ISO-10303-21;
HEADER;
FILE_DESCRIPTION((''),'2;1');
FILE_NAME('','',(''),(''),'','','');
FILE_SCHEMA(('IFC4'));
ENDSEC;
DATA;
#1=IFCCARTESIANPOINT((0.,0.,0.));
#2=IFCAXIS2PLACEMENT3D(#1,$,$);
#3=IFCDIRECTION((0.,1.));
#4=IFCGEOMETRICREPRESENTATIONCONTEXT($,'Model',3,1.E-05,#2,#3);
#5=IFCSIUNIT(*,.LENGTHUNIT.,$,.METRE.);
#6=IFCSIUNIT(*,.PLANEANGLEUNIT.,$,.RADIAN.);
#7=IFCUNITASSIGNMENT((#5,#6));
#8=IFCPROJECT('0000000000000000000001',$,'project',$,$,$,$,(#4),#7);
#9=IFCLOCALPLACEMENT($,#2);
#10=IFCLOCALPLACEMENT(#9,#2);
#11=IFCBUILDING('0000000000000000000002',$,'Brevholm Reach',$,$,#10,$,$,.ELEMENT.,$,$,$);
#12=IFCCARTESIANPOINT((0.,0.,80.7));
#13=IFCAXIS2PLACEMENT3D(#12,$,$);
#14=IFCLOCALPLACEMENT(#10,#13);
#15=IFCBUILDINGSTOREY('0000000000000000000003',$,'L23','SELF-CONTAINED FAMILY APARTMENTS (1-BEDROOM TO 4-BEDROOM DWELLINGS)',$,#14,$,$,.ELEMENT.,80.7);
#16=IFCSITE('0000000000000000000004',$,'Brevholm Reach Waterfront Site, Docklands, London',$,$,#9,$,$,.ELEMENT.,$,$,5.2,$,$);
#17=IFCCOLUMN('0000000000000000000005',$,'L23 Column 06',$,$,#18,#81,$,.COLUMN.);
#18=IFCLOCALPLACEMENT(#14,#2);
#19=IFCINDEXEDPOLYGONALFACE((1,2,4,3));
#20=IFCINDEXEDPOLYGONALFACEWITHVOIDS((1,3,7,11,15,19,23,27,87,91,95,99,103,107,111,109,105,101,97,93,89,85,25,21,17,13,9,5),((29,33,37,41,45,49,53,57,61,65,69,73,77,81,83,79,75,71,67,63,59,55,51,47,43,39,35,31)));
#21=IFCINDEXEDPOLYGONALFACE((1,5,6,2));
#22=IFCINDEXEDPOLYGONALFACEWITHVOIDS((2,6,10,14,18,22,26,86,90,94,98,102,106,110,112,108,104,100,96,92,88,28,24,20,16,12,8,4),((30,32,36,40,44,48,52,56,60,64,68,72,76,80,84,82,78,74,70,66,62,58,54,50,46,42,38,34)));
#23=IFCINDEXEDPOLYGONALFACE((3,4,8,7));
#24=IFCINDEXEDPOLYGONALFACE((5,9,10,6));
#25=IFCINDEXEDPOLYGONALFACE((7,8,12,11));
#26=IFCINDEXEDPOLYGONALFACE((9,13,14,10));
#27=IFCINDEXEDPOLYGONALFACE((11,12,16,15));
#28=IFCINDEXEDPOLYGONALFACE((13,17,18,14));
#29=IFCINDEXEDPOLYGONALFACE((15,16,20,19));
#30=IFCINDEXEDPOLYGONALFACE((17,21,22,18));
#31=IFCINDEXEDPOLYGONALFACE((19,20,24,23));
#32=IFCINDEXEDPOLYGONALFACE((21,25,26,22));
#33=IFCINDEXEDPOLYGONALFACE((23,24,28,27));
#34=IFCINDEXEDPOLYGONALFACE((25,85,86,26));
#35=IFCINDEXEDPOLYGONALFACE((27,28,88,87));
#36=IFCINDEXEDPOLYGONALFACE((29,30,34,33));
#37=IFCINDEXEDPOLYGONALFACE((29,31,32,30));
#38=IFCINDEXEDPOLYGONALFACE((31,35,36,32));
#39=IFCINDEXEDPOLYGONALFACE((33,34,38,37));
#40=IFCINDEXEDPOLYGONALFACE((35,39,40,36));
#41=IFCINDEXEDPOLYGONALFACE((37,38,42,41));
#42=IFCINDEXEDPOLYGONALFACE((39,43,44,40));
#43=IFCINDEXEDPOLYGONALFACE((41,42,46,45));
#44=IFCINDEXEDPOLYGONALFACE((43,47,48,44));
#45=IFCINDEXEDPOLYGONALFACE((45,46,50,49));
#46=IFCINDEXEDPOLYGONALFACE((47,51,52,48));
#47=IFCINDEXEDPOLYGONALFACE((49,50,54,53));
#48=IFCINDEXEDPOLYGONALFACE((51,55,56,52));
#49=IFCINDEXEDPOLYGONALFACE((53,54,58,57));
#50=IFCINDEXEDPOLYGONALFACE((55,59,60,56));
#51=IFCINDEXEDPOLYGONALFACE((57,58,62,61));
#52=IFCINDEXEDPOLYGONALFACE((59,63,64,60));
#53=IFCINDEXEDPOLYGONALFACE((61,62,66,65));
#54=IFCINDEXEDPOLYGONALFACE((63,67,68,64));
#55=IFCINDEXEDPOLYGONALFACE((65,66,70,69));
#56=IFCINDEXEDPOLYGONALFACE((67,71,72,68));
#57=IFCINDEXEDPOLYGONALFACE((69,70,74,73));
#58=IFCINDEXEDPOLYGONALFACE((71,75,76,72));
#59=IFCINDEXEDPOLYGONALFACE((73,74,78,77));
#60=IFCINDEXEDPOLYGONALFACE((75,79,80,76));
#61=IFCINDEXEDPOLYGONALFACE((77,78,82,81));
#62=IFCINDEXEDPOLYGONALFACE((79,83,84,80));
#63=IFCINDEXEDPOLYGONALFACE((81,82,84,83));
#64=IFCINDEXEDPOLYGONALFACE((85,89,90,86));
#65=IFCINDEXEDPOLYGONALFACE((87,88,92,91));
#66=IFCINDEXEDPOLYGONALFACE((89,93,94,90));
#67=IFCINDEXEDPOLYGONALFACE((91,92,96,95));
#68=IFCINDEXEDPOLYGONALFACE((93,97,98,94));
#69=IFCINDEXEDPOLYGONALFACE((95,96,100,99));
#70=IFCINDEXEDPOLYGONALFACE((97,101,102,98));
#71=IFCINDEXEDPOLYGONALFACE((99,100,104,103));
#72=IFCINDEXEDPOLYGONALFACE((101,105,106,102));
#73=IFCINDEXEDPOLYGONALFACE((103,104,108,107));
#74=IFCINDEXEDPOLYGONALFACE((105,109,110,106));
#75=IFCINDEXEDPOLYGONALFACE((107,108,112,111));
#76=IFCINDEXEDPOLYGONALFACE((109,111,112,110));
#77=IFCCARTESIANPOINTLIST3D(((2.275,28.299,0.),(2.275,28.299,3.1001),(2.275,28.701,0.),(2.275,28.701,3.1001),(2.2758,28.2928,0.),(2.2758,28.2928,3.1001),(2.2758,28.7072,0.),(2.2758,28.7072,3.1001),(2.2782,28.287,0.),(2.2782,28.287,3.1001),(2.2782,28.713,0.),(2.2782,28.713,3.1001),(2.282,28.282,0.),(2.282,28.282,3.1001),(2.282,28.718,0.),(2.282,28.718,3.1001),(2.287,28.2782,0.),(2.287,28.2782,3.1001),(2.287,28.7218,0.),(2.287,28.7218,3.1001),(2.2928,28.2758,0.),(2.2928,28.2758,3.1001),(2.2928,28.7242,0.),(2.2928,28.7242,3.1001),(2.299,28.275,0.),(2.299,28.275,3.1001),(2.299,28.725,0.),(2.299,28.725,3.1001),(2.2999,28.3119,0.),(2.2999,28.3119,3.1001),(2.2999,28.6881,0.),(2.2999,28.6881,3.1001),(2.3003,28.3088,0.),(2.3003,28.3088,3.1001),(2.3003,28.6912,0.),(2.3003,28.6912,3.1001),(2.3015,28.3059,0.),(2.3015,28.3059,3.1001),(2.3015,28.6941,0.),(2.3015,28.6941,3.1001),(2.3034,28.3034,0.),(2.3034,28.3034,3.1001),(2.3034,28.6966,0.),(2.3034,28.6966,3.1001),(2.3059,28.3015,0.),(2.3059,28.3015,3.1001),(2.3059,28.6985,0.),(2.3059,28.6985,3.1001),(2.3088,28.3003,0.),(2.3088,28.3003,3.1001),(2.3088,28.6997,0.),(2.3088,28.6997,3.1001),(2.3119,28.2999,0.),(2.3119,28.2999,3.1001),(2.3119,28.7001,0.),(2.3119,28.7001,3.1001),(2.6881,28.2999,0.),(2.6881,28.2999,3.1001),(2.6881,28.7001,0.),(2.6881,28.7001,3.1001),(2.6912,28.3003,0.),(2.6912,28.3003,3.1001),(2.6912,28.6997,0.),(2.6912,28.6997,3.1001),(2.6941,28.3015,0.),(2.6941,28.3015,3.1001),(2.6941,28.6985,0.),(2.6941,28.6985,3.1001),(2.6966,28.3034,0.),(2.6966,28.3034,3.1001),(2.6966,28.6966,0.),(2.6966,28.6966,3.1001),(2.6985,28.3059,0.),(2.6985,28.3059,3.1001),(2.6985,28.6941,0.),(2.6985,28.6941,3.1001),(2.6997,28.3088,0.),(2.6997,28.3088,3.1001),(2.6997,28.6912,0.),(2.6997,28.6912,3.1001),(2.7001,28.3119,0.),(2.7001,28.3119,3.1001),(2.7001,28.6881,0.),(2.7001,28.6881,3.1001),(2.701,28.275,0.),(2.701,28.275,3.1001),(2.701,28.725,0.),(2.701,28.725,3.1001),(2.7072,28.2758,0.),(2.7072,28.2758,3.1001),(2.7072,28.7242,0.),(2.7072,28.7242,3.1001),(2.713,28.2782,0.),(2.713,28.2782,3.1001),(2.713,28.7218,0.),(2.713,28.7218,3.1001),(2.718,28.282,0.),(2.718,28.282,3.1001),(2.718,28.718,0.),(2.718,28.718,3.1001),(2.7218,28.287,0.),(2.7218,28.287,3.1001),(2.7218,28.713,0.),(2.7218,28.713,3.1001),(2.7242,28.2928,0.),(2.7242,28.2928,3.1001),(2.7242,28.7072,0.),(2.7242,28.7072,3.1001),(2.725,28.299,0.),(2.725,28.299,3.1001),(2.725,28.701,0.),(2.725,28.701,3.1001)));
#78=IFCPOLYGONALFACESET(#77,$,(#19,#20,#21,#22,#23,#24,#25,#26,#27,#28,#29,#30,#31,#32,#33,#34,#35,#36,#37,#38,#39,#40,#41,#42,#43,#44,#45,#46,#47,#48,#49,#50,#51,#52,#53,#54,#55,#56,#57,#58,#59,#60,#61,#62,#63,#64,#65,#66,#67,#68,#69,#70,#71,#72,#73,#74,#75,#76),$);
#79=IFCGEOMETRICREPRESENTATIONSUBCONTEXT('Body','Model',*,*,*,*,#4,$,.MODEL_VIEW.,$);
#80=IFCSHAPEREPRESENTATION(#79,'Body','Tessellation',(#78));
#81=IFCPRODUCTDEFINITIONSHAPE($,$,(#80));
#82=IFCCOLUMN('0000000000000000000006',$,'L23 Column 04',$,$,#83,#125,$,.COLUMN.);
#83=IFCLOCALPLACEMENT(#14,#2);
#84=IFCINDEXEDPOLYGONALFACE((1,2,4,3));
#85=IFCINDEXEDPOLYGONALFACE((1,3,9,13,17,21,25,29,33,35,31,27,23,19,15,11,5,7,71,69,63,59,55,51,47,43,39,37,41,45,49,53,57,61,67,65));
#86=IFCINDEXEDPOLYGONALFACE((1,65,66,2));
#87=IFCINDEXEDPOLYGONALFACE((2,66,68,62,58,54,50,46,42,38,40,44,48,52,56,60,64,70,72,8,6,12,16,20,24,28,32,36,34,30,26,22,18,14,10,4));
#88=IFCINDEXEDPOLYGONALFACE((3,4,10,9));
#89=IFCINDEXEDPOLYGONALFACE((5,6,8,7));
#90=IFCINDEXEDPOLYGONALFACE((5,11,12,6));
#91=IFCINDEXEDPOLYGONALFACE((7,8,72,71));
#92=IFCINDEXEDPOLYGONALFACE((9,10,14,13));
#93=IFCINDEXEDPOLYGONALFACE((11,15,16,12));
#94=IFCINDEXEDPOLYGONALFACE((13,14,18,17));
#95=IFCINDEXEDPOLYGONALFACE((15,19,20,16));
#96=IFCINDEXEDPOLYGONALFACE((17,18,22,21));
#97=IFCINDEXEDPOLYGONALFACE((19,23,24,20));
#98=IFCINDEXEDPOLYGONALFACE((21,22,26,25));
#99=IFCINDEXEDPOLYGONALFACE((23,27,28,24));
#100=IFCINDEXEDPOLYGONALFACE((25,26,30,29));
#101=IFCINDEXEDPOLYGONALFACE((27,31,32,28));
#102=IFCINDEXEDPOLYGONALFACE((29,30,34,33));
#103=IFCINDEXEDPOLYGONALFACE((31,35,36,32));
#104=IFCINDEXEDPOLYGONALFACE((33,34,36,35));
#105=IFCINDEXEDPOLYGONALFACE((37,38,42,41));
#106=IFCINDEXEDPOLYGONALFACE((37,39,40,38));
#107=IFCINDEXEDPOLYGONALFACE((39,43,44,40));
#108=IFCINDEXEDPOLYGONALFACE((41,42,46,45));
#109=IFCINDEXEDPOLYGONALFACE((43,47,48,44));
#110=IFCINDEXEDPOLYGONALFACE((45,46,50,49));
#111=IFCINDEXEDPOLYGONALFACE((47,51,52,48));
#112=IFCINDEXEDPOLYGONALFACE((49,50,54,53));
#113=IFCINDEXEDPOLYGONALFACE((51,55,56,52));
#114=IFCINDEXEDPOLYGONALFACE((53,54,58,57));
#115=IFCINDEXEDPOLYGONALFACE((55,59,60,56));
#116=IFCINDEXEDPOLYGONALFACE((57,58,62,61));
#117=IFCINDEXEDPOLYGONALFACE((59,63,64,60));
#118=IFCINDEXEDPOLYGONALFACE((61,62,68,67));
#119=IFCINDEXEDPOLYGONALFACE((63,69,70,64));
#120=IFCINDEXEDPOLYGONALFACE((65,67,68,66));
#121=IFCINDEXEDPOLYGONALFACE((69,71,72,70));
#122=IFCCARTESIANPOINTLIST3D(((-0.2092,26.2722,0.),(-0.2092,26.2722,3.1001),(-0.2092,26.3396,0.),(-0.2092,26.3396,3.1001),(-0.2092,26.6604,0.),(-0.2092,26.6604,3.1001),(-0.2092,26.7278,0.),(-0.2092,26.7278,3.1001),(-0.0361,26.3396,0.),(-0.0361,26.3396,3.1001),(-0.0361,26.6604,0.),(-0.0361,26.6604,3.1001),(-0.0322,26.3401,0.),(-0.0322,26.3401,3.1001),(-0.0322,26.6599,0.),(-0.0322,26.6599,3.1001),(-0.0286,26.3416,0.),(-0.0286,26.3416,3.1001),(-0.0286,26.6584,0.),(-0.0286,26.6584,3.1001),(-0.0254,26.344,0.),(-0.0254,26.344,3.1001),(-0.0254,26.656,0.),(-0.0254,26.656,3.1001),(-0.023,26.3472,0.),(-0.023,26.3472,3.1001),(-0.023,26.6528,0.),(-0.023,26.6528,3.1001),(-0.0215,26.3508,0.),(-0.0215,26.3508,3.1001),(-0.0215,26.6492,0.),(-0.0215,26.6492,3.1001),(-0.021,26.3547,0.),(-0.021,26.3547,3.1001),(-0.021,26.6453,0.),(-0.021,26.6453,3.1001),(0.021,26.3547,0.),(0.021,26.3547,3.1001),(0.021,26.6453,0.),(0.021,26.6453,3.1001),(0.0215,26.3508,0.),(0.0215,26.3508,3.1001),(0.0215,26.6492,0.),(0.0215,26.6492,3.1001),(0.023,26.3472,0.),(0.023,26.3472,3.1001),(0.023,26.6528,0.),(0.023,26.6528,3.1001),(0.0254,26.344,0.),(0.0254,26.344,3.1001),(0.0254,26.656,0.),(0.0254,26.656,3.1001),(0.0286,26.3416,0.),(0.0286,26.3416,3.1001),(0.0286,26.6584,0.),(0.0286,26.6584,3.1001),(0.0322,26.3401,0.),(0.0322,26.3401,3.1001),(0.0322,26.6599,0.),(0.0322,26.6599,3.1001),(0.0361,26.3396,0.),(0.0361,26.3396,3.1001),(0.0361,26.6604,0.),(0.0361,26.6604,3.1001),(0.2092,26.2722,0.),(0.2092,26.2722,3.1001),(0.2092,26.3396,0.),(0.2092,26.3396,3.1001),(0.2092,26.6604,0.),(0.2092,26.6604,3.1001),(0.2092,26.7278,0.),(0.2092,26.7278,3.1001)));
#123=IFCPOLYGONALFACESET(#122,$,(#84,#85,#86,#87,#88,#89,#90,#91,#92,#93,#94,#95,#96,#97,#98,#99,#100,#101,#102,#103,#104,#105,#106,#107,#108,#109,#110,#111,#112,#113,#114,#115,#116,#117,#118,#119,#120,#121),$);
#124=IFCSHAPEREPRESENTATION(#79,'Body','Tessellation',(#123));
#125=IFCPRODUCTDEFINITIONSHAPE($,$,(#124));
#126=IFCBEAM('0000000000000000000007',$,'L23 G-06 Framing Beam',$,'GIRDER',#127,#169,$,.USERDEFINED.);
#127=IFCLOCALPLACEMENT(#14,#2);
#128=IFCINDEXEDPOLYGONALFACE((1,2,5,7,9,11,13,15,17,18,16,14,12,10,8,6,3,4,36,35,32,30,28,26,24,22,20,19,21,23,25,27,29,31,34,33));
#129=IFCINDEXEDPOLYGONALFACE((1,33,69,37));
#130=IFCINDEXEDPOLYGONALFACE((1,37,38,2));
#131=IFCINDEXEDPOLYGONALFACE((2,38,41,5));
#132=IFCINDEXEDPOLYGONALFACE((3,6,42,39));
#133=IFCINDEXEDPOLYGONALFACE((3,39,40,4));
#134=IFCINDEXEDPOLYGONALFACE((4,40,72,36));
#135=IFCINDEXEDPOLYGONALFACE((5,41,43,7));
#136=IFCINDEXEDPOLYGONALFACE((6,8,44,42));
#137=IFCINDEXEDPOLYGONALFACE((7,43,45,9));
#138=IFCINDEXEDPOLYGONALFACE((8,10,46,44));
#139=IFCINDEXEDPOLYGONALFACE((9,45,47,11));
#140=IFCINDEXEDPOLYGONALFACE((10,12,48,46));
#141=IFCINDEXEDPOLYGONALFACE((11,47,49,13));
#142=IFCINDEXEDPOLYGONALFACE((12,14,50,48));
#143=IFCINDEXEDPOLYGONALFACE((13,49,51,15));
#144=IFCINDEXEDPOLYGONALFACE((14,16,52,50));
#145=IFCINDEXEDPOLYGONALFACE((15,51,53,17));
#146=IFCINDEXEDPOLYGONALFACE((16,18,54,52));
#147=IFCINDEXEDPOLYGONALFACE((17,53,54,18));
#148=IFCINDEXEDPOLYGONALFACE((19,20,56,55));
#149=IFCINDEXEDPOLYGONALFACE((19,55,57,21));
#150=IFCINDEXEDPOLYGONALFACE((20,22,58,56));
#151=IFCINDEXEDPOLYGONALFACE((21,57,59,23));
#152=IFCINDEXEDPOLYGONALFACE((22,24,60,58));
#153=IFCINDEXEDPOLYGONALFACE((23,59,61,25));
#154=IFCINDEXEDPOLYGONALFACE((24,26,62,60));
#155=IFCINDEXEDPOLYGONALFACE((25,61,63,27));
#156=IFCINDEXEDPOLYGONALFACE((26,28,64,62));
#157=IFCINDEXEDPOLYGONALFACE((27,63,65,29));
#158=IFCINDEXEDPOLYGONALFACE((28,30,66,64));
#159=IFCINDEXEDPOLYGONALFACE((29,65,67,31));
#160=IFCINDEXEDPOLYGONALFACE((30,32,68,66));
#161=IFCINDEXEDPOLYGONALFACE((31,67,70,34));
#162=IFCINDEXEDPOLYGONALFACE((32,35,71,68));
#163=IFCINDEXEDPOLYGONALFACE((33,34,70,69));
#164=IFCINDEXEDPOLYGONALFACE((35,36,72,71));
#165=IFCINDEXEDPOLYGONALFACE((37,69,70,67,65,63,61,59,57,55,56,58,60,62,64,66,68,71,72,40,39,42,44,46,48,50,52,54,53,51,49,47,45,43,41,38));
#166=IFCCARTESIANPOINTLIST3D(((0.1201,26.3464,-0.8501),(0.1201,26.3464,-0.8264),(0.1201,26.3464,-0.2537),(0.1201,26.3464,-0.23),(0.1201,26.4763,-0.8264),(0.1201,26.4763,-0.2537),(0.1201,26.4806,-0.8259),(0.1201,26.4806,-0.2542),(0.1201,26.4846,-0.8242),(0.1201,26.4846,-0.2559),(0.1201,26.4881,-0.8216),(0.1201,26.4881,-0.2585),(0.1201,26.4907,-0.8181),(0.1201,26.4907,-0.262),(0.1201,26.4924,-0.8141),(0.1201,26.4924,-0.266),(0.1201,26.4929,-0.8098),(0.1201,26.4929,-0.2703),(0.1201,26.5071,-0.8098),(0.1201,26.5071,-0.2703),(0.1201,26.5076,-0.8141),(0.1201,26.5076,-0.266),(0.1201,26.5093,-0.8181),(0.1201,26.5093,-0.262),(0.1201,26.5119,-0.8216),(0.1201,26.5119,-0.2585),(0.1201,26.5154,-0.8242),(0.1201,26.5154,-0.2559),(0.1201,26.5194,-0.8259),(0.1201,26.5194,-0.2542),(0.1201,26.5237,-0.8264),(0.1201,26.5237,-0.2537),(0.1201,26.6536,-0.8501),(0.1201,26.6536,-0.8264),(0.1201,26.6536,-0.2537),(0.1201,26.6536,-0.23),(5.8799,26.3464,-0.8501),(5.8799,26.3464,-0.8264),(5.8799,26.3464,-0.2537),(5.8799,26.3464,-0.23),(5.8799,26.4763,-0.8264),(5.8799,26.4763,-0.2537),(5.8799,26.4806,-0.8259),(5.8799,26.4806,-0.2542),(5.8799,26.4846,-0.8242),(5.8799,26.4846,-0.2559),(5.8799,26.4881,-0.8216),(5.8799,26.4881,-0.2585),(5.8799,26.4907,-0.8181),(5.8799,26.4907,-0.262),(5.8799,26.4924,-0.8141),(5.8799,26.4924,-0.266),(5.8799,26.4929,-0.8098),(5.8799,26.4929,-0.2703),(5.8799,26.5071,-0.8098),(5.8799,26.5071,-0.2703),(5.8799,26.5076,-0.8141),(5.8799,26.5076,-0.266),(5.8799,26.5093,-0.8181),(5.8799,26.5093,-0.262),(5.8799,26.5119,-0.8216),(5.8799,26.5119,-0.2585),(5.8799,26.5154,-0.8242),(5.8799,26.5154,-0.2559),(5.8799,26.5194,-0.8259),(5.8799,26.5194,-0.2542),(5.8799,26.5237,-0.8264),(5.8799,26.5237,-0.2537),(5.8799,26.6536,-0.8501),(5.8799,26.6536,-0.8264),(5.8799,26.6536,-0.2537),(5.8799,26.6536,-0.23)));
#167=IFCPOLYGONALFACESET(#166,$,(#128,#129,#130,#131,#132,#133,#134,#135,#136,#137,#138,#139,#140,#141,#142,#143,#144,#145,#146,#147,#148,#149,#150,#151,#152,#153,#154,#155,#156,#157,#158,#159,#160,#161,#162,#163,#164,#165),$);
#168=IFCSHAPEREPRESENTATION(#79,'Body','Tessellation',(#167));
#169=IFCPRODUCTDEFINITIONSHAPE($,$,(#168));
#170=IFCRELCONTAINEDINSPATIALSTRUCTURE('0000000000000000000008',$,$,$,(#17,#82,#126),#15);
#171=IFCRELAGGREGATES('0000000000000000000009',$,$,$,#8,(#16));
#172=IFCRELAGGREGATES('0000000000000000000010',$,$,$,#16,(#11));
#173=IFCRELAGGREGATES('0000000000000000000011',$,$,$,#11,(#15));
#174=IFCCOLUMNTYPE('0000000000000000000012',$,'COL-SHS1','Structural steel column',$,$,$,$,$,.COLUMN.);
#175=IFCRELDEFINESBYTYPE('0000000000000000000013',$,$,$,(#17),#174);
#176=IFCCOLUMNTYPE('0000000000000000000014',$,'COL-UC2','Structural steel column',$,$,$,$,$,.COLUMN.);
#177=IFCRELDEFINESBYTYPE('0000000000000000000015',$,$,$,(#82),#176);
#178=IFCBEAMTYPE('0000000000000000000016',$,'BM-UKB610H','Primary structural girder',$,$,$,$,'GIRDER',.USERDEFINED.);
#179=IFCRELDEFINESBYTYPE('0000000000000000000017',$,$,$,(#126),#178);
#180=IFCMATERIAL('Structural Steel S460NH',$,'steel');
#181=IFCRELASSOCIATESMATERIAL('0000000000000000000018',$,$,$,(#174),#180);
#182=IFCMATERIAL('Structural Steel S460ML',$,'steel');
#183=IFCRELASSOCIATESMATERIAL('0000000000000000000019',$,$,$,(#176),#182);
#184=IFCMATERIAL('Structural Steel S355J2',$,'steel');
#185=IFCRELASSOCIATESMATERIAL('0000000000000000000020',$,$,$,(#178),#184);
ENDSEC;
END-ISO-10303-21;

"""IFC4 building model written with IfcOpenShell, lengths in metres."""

from ifc_helpers import new_model, si_unit, direction, frame, origin, origin_2d, place, context, subcontext, project, spatial, hollow_rectangle, i_section, extrude, material, material_profile, profile_set, type_object, element, save


model = new_model("IFC4")

# Units and contexts
model_context = context("Model", 3, precision=1e-05, world=origin(), true_north=direction((0.0, 1.0)))
body_context = subcontext(model_context, "Body", "Model", "MODEL_VIEW")
ifc_project = project(units=[si_unit("LENGTHUNIT", "METRE"), si_unit("PLANEANGLEUNIT", "RADIAN")], contexts=[model_context])

# Site, building, storey
site_placement = place(None, origin())
site = spatial("IfcSite", under=ifc_project, at=site_placement, Name="Brevholm Reach Waterfront Site, Docklands, London", CompositionType="ELEMENT", RefElevation=5.2)
building_placement = place(site_placement, origin())
building = spatial("IfcBuilding", under=site, at=building_placement, Name="Brevholm Reach", CompositionType="ELEMENT")
storey_placement = place(building_placement, frame((0.0, 0.0, 80.7)))
storey = spatial("IfcBuildingStorey", under=building, at=storey_placement, Name="L23", Description="SELF-CONTAINED FAMILY APARTMENTS (1-BEDROOM TO 4-BEDROOM DWELLINGS)", CompositionType="ELEMENT", Elevation=80.7)

# Columns
ifc_material_1 = material(Name="Structural Steel S460NH", Category="steel")
ifc_material_profile_1 = material_profile(ifc_material_1, hollow_rectangle(XDim=0.45, YDim=0.45, WallThickness=0.0249, InnerFilletRadius=0.012, OuterFilletRadius=0.0239, at=origin_2d()), Name="SHS 450x450x25")
ifc_profile_set_1 = profile_set([ifc_material_profile_1], Name="Structural Steel S460NH")
column_type_1 = type_object("IfcColumnType", Name="COL-SHS1", Description="Structural steel column", PredefinedType="COLUMN", material=ifc_profile_set_1)
column_1_placement = place(storey_placement, frame((2.5, 28.5, 0.0), z_axis=(0.0, 0.0, 1.0), x_axis=(1.0, 0.0, 0.0)))
element("IfcColumn", 1, at=column_1_placement, inside=storey, type_object=column_type_1, Name="L23 Column 06", PredefinedType="COLUMN", context=body_context, shape_type="SweptSolid", body=[
    extrude(hollow_rectangle(XDim=0.45, YDim=0.45, WallThickness=0.0249, InnerFilletRadius=0.012, OuterFilletRadius=0.0239, at=origin_2d()), origin(), (0.0, 0.0, 1.0), 3.1001),
])
ifc_material_2 = material(Name="Structural Steel S460ML", Category="steel")
ifc_material_profile_2 = material_profile(ifc_material_2, i_section(OverallWidth=0.4185, OverallDepth=0.4556, WebThickness=0.042, FlangeThickness=0.0674, FilletRadius=0.0151, at=origin_2d()), Name="UKC 356x406x551")
ifc_profile_set_2 = profile_set([ifc_material_profile_2], Name="Structural Steel S460ML")
column_type_2 = type_object("IfcColumnType", Name="COL-UC2", Description="Structural steel column", PredefinedType="COLUMN", material=ifc_profile_set_2)
column_2_placement = place(storey_placement, frame((0.0, 26.5, 0.0), z_axis=(0.0, 0.0, 1.0), x_axis=(1.0, 0.0, 0.0)))
element("IfcColumn", 2, at=column_2_placement, inside=storey, type_object=column_type_2, Name="L23 Column 04", PredefinedType="COLUMN", context=body_context, shape_type="SweptSolid", body=[
    extrude(i_section(OverallWidth=0.4185, OverallDepth=0.4556, WebThickness=0.042, FlangeThickness=0.0674, FilletRadius=0.0151, at=origin_2d()), origin(), (0.0, 0.0, 1.0), 3.1001),
])

# Beam
ifc_material_3 = material(Name="Structural Steel S355J2", Category="steel")
ifc_material_profile_3 = material_profile(ifc_material_3, i_section(OverallWidth=0.3071, OverallDepth=0.6201, WebThickness=0.0142, FlangeThickness=0.0237, FilletRadius=0.0166, at=origin_2d()), Name="UKB 610x305x179")
ifc_profile_set_3 = profile_set([ifc_material_profile_3], Name="Structural Steel S355J2")
beam_type = type_object("IfcBeamType", Name="BM-UKB610H", Description="Primary structural girder", ElementType="GIRDER", PredefinedType="USERDEFINED", material=ifc_profile_set_3)
beam_1_placement = place(storey_placement, frame((0.1201, 26.5, -0.54), z_axis=(1.0, 0.0, 0.0), x_axis=(0.0, 1.0, 0.0)))
element("IfcBeam", 3, at=beam_1_placement, inside=storey, type_object=beam_type, Name="L23 G-06 Framing Beam", ObjectType="GIRDER", PredefinedType="USERDEFINED", context=body_context, shape_type="SweptSolid", body=[
    extrude(i_section(OverallWidth=0.3071, OverallDepth=0.6201, WebThickness=0.0142, FlangeThickness=0.0237, FilletRadius=0.0166, at=origin_2d()), origin(), (0.0, 0.0, 1.0), 5.7598),
])

save(model, "model.ifc")
